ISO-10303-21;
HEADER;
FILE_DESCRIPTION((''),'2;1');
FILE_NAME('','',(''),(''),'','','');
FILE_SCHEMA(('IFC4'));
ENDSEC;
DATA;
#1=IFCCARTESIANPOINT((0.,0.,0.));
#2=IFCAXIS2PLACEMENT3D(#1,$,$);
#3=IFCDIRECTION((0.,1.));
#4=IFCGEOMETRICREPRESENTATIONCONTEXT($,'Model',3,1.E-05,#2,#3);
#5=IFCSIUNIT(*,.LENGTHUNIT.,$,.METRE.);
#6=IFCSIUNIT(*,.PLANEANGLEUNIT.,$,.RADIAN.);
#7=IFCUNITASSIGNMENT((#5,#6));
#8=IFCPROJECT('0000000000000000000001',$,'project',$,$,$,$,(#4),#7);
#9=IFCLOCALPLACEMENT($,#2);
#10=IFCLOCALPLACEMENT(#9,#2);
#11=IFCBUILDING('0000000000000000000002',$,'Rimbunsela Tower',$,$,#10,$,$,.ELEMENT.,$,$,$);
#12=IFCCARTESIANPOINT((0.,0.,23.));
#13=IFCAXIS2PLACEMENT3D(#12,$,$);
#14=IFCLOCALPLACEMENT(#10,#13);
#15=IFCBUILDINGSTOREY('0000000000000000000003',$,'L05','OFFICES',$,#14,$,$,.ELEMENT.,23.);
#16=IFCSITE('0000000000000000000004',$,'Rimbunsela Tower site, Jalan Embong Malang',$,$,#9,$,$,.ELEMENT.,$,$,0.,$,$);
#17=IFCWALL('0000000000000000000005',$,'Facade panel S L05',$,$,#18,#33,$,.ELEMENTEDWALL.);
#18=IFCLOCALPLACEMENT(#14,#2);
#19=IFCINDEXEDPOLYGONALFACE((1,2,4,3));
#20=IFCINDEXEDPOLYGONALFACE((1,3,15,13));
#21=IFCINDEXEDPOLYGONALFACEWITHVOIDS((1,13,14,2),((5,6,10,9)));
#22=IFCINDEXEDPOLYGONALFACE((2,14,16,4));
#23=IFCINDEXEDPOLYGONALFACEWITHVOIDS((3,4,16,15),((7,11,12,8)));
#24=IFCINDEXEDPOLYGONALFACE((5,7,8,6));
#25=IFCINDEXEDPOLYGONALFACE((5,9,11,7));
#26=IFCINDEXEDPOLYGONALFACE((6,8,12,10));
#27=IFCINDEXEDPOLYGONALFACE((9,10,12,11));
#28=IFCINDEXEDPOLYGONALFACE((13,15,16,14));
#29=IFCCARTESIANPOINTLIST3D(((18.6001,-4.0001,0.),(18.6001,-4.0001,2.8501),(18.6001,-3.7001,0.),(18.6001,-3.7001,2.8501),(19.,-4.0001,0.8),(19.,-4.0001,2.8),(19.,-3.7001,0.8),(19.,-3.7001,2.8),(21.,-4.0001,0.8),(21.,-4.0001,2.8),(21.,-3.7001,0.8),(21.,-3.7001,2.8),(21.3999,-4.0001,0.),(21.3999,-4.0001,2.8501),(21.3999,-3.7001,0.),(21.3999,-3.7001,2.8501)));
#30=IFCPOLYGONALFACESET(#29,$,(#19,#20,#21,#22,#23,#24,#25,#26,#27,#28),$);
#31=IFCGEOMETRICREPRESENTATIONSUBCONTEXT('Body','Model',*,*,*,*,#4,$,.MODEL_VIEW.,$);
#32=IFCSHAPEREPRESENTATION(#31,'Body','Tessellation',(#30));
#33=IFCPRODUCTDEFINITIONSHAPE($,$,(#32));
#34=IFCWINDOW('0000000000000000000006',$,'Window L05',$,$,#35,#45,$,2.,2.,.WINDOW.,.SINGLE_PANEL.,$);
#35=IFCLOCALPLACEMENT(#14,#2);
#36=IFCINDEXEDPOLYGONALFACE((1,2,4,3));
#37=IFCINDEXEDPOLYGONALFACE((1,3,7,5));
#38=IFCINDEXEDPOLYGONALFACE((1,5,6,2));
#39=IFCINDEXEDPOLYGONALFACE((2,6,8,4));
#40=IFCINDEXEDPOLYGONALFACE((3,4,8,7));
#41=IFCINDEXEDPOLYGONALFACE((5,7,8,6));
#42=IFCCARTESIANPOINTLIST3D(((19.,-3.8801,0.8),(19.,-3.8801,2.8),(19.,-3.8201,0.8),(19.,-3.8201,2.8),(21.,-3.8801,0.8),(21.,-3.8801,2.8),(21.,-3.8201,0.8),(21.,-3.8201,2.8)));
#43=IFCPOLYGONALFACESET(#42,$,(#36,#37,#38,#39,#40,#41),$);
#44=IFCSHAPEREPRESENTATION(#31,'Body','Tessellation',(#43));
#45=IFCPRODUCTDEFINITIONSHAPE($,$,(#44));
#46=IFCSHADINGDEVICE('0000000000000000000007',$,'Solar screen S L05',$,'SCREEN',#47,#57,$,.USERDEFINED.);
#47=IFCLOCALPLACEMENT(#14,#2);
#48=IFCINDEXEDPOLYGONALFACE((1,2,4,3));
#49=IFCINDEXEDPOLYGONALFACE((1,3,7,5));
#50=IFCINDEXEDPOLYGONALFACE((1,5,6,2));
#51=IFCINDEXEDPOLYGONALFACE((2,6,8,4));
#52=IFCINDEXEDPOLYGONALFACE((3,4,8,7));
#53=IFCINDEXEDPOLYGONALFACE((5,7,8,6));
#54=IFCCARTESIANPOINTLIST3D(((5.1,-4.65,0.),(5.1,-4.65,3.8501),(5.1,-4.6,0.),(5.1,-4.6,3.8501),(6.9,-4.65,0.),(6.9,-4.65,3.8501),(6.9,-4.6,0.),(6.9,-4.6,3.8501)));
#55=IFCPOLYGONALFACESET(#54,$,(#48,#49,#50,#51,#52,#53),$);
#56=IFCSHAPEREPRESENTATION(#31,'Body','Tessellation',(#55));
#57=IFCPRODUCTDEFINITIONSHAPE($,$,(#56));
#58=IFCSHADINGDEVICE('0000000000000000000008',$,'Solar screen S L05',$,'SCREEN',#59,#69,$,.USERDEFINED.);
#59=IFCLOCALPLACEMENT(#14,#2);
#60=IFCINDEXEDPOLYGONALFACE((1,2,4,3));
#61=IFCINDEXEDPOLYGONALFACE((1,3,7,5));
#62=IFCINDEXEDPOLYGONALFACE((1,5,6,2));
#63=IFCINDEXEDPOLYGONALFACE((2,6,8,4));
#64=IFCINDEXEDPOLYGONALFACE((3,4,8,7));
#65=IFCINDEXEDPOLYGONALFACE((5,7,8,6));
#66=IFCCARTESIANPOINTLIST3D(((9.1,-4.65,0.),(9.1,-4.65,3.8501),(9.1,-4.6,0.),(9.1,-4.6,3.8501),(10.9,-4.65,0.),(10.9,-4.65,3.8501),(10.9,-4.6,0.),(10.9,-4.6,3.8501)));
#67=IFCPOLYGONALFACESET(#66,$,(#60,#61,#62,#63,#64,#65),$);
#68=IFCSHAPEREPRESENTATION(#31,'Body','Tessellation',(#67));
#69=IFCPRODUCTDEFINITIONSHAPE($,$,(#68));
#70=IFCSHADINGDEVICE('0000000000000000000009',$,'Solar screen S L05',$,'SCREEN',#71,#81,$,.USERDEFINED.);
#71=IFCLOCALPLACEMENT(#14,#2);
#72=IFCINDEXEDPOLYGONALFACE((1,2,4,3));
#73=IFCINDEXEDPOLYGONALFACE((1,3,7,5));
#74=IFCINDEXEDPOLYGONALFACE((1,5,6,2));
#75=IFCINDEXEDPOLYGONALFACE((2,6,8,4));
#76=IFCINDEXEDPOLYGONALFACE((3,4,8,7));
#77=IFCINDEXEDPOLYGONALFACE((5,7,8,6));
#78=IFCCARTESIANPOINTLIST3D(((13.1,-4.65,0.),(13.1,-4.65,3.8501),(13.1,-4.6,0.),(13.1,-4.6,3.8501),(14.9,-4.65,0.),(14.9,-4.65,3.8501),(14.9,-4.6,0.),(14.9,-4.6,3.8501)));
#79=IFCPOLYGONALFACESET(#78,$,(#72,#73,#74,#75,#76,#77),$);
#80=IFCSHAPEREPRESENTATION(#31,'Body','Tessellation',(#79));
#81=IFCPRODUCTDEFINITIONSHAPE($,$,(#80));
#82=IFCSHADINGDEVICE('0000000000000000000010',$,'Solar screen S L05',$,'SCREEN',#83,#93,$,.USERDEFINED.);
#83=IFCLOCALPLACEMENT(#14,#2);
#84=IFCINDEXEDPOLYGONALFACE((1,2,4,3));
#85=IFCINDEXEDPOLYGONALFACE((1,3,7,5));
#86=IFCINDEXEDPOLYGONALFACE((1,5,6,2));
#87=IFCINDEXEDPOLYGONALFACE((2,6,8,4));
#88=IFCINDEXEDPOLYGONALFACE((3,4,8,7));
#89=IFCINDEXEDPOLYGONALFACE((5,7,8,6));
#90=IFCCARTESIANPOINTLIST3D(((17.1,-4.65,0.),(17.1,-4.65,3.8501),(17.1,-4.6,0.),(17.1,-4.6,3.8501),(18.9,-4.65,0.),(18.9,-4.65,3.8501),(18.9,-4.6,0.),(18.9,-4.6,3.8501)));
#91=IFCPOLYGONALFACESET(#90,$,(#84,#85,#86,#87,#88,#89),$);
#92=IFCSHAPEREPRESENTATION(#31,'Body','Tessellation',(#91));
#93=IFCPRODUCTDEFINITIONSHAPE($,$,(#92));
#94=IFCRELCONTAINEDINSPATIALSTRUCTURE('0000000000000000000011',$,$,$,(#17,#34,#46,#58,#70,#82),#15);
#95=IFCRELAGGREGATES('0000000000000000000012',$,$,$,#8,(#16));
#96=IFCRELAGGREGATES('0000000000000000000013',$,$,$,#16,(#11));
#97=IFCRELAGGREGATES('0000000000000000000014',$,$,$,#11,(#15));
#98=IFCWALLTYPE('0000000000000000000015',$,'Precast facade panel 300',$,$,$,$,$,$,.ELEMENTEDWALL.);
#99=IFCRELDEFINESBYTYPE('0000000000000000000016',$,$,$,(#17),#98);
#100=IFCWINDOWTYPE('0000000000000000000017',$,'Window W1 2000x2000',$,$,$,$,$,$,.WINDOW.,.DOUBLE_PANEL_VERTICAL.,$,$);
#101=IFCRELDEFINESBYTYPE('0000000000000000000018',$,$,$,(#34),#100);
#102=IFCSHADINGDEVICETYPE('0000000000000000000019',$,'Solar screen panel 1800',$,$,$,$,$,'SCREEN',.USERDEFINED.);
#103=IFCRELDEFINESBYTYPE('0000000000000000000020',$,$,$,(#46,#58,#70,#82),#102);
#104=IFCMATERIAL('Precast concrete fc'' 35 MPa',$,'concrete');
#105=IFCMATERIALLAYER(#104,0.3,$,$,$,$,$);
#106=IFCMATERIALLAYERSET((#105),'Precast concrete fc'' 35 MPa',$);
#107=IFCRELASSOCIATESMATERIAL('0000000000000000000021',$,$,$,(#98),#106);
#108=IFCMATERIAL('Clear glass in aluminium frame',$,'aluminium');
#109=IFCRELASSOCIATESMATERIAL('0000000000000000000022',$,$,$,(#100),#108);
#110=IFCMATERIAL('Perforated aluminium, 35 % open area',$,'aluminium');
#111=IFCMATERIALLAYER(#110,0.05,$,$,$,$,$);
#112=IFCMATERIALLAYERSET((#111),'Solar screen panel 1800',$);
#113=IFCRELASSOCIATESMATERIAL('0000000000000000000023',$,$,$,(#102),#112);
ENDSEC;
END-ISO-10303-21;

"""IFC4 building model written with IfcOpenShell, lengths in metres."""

from ifc_helpers import new_model, si_unit, direction, frame, frame_2d, origin, origin_2d, place, context, subcontext, project, spatial, rectangle, extrude, material, layer, layer_set, type_object, element, fill, save


model = new_model("IFC4")

# Units and contexts
model_context = context("Model", 3, precision=1e-05, world=origin(), true_north=direction((0.0, 1.0)))
body_context = subcontext(model_context, "Body", "Model", "MODEL_VIEW")
ifc_project = project(units=[si_unit("LENGTHUNIT", "METRE"), si_unit("PLANEANGLEUNIT", "RADIAN")], contexts=[model_context])

# Site, building, storey
site_placement = place(None, origin())
site = spatial("IfcSite", under=ifc_project, at=site_placement, Name="Rimbunsela Tower site, Jalan Embong Malang", CompositionType="ELEMENT", RefElevation=0.0)
building_placement = place(site_placement, origin())
building = spatial("IfcBuilding", under=site, at=building_placement, Name="Rimbunsela Tower", CompositionType="ELEMENT")
storey_placement = place(building_placement, frame((0.0, 0.0, 23.0)))
storey = spatial("IfcBuildingStorey", under=building, at=storey_placement, Name="L05", Description="OFFICES", CompositionType="ELEMENT", Elevation=23.0)

# Wall, opening, window
ifc_material_1 = material(Name="Precast concrete fc' 35 MPa", Category="concrete")
ifc_layer_1 = layer(ifc_material_1, 0.3)
ifc_layer_set_1 = layer_set([ifc_layer_1], Name="Precast concrete fc' 35 MPa")
wall_type = type_object("IfcWallType", Name="Precast facade panel 300", PredefinedType="ELEMENTEDWALL", material=ifc_layer_set_1)
ifc_material_2 = material(Name="Clear glass in aluminium frame", Category="aluminium")
window_type = type_object("IfcWindowType", Name="Window W1 2000x2000", PartitioningType="DOUBLE_PANEL_VERTICAL", PredefinedType="WINDOW", material=ifc_material_2)
wall_1_placement = place(storey_placement, frame((18.6001, -3.8501, 0.0), z_axis=(0.0, 0.0, 1.0), x_axis=(1.0, 0.0, 0.0)))
wall_1 = element("IfcWall", 1, at=wall_1_placement, inside=storey, type_object=wall_type, Name="Facade panel S L05", PredefinedType="ELEMENTEDWALL", context=body_context, shape_type="SweptSolid", body=[
    extrude(rectangle(XDim=2.7998, YDim=0.3, at=frame_2d((1.3999, 0.0))), origin(), (0.0, 0.0, 1.0), 2.8501),
])
opening_1_placement = place(wall_1_placement, frame((0.3999, 0.0, 0.8)))
opening_1 = element("IfcOpeningElement", 2, at=opening_1_placement, cuts=wall_1, PredefinedType="OPENING", context=body_context, shape_type="SweptSolid", body=[
    extrude(rectangle(XDim=2.0, YDim=2.0, at=frame_2d((1.0, 1.0))), frame((0.0, 0.1599, 0.0), z_axis=(0.0, -1.0, 0.0), x_axis=(1.0, 0.0, 0.0)), (0.0, 0.0, 1.0), 0.3201),
])
window_1_placement = place(opening_1_placement, origin())
window_1 = element("IfcWindow", 3, at=window_1_placement, inside=storey, type_object=window_type, Name="Window L05", OverallHeight=2.0, OverallWidth=2.0, PartitioningType="SINGLE_PANEL", PredefinedType="WINDOW", context=body_context, shape_type="SweptSolid", body=[
    extrude(rectangle(XDim=2.0, YDim=2.0, at=frame_2d((1.0, 1.0))), frame((0.0, 0.03, 0.0), z_axis=(0.0, -1.0, 0.0), x_axis=(1.0, 0.0, 0.0)), (0.0, 0.0, 1.0), 0.0601),
])
fill(opening_1, window_1)

# Shading devices
ifc_material_3 = material(Name="Perforated aluminium, 35 % open area", Category="aluminium")
ifc_layer_2 = layer(ifc_material_3, 0.05)
ifc_layer_set_2 = layer_set([ifc_layer_2], Name="Solar screen panel 1800")
shading_device_type = type_object("IfcShadingDeviceType", Name="Solar screen panel 1800", ElementType="SCREEN", PredefinedType="USERDEFINED", material=ifc_layer_set_2)
for number, where, z_axis, x_axis, name in (
    (4, (6.0, -4.625, 0.0), (0.0, 0.0, 1.0), (1.0, 0.0, 0.0), "Solar screen S L05"),
    (5, (10.0, -4.625, 0.0), (0.0, 0.0, 1.0), (1.0, 0.0, 0.0), "Solar screen S L05"),
    (6, (14.0, -4.625, 0.0), (0.0, 0.0, 1.0), (1.0, 0.0, 0.0), "Solar screen S L05"),
    (7, (18.0, -4.625, 0.0), (0.0, 0.0, 1.0), (1.0, 0.0, 0.0), "Solar screen S L05"),
):
    element("IfcShadingDevice", number, at=place(storey_placement, frame(where, z_axis=z_axis, x_axis=x_axis)), inside=storey, type_object=shading_device_type, Name=name, ObjectType="SCREEN", PredefinedType="USERDEFINED", context=body_context, shape_type="SweptSolid", body=[
        extrude(rectangle(XDim=1.8, YDim=0.05, at=origin_2d()), origin(), (0.0, 0.0, 1.0), 3.8501),
    ])

save(model, "model.ifc")
